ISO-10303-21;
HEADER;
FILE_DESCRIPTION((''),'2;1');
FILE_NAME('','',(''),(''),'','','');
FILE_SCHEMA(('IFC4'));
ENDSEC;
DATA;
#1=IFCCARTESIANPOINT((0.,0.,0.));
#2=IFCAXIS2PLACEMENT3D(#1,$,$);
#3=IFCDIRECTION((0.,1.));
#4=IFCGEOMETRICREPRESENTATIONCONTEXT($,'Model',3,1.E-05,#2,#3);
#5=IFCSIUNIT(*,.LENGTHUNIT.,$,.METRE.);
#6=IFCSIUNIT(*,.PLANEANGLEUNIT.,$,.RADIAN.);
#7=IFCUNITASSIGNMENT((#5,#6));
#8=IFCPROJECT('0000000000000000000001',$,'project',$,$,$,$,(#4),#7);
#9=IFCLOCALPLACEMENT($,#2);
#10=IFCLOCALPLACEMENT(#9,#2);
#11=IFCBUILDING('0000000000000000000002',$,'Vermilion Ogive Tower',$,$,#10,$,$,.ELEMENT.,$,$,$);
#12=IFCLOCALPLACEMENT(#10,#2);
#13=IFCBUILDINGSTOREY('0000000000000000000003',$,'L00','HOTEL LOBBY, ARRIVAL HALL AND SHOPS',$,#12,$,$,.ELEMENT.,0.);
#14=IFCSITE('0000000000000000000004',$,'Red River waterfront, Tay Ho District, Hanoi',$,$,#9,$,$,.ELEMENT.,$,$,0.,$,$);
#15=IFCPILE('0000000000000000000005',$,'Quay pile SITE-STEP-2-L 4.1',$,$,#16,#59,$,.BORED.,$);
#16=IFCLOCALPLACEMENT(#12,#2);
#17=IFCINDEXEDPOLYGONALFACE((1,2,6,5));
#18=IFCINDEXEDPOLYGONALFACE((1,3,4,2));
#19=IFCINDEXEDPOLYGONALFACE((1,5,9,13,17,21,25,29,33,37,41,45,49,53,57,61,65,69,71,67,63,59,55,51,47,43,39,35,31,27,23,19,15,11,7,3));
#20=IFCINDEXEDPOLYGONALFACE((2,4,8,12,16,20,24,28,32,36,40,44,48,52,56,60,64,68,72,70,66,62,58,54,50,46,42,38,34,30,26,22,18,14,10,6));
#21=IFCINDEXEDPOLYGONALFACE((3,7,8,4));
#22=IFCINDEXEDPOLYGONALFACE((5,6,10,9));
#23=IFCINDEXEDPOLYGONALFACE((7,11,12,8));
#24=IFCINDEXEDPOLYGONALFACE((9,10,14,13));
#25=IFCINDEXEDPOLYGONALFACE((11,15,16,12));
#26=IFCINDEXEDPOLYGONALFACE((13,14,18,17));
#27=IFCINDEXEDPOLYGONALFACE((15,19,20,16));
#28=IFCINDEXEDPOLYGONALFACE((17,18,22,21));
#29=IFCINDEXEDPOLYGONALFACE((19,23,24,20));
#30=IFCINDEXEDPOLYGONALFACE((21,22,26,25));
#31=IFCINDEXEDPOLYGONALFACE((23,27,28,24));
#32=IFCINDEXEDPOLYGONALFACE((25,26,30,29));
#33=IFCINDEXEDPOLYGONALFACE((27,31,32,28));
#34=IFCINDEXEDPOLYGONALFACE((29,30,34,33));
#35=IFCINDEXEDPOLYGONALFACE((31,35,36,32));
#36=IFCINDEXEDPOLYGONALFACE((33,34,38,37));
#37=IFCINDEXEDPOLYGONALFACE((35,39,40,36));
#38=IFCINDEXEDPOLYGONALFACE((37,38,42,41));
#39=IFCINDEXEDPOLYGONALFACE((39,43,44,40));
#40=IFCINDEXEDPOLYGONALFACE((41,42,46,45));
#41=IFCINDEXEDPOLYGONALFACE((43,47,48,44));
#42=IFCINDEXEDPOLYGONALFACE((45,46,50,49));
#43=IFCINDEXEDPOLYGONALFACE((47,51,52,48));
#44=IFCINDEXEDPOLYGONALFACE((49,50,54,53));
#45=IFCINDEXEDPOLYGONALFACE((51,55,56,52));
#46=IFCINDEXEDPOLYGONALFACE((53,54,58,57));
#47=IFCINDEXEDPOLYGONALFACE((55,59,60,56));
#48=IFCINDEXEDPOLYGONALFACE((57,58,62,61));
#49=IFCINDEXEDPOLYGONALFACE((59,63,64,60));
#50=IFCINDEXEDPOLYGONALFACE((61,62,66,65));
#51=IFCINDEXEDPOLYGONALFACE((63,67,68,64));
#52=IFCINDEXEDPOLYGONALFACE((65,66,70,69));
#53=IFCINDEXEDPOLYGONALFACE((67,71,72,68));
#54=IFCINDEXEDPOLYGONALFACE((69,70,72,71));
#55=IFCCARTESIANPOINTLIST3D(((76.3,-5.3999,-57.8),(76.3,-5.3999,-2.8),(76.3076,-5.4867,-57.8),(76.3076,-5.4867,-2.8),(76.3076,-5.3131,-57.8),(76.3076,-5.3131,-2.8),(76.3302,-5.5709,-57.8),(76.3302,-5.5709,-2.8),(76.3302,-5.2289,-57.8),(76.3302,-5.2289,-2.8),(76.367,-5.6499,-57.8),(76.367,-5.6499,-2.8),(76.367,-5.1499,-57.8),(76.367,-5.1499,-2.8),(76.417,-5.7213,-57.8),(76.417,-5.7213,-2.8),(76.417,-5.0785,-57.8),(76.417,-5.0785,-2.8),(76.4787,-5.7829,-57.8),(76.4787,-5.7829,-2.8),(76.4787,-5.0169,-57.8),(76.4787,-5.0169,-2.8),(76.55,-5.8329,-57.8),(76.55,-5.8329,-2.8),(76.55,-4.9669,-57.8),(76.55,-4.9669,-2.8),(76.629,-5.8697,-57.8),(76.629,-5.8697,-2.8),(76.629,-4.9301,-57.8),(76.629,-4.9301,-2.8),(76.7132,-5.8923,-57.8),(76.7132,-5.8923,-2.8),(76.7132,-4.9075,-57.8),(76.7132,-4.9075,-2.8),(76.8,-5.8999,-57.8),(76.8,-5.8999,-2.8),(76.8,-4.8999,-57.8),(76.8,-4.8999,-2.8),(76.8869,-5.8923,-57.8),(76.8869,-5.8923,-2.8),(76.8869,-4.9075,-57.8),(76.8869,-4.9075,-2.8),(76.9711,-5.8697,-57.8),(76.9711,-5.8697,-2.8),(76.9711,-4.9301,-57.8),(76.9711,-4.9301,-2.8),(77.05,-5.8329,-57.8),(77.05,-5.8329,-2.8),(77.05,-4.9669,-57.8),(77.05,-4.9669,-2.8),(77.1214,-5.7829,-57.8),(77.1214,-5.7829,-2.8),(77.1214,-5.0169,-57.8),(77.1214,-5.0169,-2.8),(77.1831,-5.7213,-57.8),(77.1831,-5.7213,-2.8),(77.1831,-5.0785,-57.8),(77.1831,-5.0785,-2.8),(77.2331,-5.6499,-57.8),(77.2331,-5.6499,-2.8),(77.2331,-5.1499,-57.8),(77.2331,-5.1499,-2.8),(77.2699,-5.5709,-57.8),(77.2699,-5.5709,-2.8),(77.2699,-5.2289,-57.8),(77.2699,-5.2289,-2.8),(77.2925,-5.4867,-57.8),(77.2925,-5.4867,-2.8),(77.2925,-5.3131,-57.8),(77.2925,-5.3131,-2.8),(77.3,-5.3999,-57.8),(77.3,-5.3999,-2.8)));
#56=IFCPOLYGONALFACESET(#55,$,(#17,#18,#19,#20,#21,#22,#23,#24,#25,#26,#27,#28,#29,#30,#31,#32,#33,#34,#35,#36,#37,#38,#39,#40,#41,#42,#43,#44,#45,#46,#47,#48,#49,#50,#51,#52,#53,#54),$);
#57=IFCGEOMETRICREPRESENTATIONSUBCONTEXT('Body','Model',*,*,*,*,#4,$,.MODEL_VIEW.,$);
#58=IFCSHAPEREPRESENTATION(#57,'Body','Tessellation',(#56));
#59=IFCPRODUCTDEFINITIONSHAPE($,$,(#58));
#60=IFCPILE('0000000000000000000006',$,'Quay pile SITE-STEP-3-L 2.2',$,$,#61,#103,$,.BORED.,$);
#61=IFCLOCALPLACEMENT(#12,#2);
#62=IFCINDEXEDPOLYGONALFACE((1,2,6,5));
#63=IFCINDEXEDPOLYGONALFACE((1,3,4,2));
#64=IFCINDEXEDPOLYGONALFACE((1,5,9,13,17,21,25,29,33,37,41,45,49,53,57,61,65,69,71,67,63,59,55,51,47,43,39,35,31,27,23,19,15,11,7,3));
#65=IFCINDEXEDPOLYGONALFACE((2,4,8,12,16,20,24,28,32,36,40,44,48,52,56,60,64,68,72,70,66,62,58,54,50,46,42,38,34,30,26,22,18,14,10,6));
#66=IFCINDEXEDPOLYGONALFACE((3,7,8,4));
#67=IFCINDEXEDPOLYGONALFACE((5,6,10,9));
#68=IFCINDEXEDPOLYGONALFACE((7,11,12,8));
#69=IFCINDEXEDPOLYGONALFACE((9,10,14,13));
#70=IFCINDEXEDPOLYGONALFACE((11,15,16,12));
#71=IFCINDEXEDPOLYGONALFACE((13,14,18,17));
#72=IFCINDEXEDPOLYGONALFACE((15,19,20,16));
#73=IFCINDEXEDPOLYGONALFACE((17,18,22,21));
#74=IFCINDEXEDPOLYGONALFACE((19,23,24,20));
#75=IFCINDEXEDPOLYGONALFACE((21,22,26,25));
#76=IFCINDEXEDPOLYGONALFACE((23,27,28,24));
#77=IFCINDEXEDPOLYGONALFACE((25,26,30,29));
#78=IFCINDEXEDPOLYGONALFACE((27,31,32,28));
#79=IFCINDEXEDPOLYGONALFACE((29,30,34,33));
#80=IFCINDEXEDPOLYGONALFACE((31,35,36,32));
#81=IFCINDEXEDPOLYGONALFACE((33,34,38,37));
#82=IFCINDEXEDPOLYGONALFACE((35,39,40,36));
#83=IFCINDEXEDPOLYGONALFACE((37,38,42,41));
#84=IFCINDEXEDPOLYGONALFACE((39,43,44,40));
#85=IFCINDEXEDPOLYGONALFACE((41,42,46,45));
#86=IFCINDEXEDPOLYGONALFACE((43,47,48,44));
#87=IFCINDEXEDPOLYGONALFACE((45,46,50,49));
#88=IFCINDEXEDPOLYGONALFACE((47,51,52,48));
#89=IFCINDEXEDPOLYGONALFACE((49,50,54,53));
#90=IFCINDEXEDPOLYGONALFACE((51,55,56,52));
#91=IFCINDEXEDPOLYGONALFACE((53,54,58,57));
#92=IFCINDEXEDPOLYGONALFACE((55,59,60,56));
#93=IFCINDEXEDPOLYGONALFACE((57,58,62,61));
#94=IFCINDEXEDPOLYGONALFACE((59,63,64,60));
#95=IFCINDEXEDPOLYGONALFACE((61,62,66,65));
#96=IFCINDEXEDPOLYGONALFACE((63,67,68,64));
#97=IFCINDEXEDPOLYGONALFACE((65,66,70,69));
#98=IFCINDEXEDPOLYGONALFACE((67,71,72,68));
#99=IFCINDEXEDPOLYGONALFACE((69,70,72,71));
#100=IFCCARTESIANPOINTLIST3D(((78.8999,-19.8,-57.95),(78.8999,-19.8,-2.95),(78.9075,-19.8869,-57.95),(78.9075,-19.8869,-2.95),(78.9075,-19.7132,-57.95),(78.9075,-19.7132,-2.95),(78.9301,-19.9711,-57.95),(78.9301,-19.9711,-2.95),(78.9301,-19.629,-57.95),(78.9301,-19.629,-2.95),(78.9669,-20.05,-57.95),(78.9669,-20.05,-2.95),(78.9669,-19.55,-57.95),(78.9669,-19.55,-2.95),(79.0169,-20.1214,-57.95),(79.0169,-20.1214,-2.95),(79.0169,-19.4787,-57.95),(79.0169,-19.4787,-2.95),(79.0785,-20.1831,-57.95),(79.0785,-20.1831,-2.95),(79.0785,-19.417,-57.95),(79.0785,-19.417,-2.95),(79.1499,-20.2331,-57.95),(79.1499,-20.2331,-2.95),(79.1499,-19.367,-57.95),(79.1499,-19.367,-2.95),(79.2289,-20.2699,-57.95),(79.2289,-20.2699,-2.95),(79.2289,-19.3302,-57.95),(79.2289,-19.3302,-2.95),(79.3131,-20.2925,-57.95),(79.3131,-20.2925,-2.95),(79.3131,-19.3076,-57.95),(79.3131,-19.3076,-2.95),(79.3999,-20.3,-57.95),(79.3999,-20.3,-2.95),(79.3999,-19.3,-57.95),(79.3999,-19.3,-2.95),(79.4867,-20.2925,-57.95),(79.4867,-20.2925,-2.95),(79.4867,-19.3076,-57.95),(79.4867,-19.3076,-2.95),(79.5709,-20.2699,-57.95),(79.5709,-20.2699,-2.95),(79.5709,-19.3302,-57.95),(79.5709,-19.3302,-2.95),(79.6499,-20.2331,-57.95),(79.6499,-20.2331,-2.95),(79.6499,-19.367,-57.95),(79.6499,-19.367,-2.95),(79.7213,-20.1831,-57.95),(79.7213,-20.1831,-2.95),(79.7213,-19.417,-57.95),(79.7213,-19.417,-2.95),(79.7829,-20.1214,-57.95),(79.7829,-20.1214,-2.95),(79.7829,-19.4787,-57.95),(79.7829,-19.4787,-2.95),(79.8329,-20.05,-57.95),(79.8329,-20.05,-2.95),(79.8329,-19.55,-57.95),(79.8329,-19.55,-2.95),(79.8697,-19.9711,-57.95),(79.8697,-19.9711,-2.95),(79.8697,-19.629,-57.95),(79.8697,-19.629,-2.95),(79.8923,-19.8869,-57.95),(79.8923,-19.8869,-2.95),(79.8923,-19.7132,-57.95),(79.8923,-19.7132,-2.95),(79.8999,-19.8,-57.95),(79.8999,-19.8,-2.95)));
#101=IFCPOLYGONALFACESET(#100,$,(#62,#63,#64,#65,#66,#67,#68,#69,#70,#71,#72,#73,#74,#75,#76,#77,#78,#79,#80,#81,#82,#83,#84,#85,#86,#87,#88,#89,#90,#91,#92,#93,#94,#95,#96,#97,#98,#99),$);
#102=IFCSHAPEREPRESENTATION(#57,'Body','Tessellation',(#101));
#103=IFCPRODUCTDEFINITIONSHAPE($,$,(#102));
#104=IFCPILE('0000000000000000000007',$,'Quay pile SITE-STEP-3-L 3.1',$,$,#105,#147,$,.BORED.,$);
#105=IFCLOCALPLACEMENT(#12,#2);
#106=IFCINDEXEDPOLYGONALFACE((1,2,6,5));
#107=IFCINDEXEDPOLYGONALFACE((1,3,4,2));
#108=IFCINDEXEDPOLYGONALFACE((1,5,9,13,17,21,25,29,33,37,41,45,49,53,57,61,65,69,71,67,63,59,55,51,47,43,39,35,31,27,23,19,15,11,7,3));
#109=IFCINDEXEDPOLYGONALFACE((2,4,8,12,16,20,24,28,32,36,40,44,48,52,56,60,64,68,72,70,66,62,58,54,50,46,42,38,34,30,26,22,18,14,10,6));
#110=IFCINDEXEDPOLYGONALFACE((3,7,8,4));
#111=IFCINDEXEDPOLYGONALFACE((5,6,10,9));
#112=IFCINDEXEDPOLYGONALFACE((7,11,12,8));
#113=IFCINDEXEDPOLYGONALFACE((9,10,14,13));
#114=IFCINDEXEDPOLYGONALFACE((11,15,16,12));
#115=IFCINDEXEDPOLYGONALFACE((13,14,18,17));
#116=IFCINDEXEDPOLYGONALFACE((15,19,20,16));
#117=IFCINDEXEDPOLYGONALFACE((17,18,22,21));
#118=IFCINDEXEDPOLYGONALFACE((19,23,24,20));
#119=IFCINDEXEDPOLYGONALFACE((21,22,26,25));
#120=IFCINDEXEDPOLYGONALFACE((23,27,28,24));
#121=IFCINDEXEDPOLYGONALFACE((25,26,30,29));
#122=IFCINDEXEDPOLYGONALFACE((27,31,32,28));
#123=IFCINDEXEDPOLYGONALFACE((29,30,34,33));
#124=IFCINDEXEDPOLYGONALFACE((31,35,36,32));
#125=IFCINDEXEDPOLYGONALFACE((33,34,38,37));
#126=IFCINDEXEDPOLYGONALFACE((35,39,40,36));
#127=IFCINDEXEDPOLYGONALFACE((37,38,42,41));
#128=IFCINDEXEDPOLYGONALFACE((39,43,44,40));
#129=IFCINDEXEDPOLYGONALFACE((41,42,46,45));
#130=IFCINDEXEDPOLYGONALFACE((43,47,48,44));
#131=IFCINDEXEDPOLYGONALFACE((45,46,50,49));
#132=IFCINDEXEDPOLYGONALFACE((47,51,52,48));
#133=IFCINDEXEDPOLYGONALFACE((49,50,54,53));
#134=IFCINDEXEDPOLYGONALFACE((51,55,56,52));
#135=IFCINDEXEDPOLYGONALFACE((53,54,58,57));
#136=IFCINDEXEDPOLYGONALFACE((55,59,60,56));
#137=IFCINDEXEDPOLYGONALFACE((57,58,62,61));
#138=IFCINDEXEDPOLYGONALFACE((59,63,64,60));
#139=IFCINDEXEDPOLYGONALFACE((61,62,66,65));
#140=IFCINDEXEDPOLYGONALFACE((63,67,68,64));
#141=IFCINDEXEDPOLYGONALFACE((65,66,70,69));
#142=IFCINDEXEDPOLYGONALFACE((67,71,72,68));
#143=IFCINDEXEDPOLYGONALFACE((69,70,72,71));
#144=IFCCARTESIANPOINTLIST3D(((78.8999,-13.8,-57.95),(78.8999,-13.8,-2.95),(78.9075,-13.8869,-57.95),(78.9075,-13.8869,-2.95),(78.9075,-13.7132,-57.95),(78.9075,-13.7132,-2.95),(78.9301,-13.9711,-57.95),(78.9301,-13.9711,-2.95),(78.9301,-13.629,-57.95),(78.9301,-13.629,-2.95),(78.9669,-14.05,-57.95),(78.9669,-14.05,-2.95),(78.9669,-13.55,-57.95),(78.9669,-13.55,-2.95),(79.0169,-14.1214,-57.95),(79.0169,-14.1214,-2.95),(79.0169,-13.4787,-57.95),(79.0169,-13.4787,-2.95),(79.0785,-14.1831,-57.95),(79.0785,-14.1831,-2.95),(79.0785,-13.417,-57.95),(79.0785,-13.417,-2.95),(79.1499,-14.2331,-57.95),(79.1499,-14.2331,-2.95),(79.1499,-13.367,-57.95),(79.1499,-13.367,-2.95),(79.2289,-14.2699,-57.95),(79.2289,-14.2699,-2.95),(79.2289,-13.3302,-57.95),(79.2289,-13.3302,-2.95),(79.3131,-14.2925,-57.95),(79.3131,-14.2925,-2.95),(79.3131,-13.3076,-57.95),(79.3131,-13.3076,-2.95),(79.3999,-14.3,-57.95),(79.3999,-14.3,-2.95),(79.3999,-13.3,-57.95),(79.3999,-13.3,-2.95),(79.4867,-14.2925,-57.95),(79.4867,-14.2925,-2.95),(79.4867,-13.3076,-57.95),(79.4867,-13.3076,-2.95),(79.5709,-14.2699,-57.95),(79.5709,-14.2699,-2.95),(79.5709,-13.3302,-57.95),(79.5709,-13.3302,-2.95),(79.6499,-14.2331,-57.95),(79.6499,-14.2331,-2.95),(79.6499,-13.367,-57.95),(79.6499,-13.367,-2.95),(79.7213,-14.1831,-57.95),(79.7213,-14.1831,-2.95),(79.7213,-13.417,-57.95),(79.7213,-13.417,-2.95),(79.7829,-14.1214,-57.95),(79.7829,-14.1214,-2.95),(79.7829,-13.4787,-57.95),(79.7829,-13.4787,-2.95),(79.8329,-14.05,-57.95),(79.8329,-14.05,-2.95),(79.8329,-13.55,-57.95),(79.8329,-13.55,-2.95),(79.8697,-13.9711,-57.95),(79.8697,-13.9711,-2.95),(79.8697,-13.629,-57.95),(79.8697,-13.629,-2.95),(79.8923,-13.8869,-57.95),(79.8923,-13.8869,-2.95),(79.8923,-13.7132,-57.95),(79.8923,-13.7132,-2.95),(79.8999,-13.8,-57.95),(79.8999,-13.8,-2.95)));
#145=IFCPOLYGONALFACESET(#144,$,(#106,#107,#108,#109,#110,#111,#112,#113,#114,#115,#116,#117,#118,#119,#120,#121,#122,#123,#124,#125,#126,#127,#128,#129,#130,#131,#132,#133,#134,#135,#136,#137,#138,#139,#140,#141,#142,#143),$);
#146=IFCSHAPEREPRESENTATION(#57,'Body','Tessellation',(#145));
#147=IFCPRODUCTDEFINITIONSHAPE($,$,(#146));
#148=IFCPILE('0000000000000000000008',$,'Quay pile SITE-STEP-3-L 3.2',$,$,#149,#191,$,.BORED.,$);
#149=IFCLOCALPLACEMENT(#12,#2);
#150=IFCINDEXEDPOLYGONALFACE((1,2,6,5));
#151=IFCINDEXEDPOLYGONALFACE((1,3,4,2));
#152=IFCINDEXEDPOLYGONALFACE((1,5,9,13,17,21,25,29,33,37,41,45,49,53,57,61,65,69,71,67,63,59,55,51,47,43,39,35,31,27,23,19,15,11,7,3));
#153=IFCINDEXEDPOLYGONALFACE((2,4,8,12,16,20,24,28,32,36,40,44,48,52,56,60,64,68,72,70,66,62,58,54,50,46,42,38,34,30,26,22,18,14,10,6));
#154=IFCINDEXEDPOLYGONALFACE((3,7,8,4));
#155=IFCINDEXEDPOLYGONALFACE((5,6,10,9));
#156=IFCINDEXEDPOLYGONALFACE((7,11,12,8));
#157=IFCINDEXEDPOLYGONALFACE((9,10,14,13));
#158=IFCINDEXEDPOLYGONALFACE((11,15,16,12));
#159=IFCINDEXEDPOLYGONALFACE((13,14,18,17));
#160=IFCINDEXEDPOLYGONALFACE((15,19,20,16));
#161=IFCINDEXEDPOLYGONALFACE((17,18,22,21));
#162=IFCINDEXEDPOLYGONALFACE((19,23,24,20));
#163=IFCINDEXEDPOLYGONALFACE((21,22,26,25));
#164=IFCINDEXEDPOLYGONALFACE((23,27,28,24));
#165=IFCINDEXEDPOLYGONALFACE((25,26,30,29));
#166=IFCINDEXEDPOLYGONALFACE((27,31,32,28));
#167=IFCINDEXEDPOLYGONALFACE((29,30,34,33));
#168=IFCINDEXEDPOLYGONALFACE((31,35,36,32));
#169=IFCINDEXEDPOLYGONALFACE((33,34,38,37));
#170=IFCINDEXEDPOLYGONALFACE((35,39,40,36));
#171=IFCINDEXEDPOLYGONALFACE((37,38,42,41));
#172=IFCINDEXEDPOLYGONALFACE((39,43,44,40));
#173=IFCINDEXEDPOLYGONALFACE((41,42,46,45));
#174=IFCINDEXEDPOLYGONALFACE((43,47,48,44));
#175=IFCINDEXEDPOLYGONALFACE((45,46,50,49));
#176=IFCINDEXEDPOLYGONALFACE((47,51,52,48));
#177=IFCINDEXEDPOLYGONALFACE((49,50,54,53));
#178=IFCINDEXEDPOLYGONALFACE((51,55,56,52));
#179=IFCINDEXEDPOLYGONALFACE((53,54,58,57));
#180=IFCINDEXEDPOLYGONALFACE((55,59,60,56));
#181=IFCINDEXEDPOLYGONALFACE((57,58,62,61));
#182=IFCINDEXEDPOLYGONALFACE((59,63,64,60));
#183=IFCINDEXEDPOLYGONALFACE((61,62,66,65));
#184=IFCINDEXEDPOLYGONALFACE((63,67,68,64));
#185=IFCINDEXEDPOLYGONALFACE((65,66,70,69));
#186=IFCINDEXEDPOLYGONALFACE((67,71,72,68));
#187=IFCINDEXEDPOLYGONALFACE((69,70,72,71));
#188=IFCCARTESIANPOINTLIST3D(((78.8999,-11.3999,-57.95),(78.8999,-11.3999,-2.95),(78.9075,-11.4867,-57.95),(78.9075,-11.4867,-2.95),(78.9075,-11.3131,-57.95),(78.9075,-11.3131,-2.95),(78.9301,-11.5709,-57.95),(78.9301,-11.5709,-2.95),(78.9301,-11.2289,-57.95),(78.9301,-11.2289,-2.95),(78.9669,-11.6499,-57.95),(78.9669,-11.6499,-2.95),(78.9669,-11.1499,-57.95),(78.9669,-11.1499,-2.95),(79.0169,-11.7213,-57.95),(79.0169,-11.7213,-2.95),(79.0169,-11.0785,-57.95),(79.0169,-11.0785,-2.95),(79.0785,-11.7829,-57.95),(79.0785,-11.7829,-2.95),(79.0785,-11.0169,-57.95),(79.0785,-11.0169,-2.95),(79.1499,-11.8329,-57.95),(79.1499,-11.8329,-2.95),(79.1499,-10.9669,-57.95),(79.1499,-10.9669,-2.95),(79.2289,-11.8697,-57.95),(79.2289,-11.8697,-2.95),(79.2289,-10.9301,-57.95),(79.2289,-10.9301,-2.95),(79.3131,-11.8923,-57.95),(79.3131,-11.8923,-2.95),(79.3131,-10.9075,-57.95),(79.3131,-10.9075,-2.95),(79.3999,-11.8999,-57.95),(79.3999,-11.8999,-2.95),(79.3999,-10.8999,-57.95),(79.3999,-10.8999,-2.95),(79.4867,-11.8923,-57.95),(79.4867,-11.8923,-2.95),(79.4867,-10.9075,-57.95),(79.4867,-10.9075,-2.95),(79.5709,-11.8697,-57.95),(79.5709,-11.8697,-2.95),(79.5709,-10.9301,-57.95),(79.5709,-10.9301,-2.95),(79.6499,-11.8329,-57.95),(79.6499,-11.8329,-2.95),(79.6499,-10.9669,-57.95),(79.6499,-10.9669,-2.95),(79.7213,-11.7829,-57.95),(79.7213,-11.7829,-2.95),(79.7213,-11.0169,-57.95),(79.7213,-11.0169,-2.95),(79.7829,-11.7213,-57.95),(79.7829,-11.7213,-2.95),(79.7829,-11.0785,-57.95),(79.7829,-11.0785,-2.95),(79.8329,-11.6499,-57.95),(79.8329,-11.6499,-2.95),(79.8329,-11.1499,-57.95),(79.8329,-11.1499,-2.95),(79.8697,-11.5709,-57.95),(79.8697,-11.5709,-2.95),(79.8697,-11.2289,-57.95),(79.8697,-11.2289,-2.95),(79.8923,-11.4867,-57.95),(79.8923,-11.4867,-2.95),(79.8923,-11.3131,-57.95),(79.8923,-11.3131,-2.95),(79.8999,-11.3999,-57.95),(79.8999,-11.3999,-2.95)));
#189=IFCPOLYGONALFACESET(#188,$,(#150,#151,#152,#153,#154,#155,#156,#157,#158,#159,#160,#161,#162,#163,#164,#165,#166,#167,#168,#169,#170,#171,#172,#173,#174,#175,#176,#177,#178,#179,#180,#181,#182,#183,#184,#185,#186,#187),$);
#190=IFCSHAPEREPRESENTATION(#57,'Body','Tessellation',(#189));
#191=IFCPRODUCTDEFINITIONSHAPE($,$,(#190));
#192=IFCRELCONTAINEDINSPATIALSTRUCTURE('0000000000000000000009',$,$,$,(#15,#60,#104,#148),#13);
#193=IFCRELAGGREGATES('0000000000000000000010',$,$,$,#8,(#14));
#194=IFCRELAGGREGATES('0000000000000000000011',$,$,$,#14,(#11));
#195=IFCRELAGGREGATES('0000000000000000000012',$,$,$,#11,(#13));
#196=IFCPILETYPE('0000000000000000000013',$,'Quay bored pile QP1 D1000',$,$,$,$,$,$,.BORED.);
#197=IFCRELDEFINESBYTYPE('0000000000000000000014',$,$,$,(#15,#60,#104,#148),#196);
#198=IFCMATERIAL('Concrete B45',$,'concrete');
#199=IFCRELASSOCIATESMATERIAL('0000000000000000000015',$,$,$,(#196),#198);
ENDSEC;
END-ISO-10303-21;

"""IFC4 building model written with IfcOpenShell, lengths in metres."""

from ifc_helpers import new_model, si_unit, direction, frame, origin, origin_2d, place, context, subcontext, project, spatial, circle, extrude, material, type_object, element, save


model = new_model("IFC4")

# Units and contexts
model_context = context("Model", 3, precision=1e-05, world=origin(), true_north=direction((0.0, 1.0)))
body_context = subcontext(model_context, "Body", "Model", "MODEL_VIEW")
ifc_project = project(units=[si_unit("LENGTHUNIT", "METRE"), si_unit("PLANEANGLEUNIT", "RADIAN")], contexts=[model_context])

# Site, building, storey
site_placement = place(None, origin())
site = spatial("IfcSite", under=ifc_project, at=site_placement, Name="Red River waterfront, Tay Ho District, Hanoi", CompositionType="ELEMENT", RefElevation=0.0)
building_placement = place(site_placement, origin())
building = spatial("IfcBuilding", under=site, at=building_placement, Name="Vermilion Ogive Tower", CompositionType="ELEMENT")
storey_placement = place(building_placement, origin())
storey = spatial("IfcBuildingStorey", under=building, at=storey_placement, Name="L00", Description="HOTEL LOBBY, ARRIVAL HALL AND SHOPS", CompositionType="ELEMENT", Elevation=0.0)

# Piles
ifc_material_1 = material(Name="Concrete B45", Category="concrete")
pile_type = type_object("IfcPileType", Name="Quay bored pile QP1 D1000", PredefinedType="BORED", material=ifc_material_1)
for number, where, z_axis, x_axis, name in (
    (1, (76.8, -5.3999, -2.8), (0.0, 0.0, -1.0), (1.0, 0.0, 0.0), "Quay pile SITE-STEP-2-L 4.1"),
    (2, (79.3999, -19.8, -2.95), (0.0, 0.0, -1.0), (1.0, 0.0, 0.0), "Quay pile SITE-STEP-3-L 2.2"),
    (3, (79.3999, -13.8, -2.95), (0.0, 0.0, -1.0), (1.0, 0.0, 0.0), "Quay pile SITE-STEP-3-L 3.1"),
    (4, (79.3999, -11.3999, -2.95), (0.0, 0.0, -1.0), (1.0, 0.0, 0.0), "Quay pile SITE-STEP-3-L 3.2"),
):
    element("IfcPile", number, at=place(storey_placement, frame(where, z_axis=z_axis, x_axis=x_axis)), inside=storey, type_object=pile_type, Name=name, PredefinedType="BORED", context=body_context, shape_type="SweptSolid", body=[
        extrude(circle(Radius=0.5, at=origin_2d()), origin(), (0.0, 0.0, 1.0), 55.0),
    ])

save(model, "model.ifc")
